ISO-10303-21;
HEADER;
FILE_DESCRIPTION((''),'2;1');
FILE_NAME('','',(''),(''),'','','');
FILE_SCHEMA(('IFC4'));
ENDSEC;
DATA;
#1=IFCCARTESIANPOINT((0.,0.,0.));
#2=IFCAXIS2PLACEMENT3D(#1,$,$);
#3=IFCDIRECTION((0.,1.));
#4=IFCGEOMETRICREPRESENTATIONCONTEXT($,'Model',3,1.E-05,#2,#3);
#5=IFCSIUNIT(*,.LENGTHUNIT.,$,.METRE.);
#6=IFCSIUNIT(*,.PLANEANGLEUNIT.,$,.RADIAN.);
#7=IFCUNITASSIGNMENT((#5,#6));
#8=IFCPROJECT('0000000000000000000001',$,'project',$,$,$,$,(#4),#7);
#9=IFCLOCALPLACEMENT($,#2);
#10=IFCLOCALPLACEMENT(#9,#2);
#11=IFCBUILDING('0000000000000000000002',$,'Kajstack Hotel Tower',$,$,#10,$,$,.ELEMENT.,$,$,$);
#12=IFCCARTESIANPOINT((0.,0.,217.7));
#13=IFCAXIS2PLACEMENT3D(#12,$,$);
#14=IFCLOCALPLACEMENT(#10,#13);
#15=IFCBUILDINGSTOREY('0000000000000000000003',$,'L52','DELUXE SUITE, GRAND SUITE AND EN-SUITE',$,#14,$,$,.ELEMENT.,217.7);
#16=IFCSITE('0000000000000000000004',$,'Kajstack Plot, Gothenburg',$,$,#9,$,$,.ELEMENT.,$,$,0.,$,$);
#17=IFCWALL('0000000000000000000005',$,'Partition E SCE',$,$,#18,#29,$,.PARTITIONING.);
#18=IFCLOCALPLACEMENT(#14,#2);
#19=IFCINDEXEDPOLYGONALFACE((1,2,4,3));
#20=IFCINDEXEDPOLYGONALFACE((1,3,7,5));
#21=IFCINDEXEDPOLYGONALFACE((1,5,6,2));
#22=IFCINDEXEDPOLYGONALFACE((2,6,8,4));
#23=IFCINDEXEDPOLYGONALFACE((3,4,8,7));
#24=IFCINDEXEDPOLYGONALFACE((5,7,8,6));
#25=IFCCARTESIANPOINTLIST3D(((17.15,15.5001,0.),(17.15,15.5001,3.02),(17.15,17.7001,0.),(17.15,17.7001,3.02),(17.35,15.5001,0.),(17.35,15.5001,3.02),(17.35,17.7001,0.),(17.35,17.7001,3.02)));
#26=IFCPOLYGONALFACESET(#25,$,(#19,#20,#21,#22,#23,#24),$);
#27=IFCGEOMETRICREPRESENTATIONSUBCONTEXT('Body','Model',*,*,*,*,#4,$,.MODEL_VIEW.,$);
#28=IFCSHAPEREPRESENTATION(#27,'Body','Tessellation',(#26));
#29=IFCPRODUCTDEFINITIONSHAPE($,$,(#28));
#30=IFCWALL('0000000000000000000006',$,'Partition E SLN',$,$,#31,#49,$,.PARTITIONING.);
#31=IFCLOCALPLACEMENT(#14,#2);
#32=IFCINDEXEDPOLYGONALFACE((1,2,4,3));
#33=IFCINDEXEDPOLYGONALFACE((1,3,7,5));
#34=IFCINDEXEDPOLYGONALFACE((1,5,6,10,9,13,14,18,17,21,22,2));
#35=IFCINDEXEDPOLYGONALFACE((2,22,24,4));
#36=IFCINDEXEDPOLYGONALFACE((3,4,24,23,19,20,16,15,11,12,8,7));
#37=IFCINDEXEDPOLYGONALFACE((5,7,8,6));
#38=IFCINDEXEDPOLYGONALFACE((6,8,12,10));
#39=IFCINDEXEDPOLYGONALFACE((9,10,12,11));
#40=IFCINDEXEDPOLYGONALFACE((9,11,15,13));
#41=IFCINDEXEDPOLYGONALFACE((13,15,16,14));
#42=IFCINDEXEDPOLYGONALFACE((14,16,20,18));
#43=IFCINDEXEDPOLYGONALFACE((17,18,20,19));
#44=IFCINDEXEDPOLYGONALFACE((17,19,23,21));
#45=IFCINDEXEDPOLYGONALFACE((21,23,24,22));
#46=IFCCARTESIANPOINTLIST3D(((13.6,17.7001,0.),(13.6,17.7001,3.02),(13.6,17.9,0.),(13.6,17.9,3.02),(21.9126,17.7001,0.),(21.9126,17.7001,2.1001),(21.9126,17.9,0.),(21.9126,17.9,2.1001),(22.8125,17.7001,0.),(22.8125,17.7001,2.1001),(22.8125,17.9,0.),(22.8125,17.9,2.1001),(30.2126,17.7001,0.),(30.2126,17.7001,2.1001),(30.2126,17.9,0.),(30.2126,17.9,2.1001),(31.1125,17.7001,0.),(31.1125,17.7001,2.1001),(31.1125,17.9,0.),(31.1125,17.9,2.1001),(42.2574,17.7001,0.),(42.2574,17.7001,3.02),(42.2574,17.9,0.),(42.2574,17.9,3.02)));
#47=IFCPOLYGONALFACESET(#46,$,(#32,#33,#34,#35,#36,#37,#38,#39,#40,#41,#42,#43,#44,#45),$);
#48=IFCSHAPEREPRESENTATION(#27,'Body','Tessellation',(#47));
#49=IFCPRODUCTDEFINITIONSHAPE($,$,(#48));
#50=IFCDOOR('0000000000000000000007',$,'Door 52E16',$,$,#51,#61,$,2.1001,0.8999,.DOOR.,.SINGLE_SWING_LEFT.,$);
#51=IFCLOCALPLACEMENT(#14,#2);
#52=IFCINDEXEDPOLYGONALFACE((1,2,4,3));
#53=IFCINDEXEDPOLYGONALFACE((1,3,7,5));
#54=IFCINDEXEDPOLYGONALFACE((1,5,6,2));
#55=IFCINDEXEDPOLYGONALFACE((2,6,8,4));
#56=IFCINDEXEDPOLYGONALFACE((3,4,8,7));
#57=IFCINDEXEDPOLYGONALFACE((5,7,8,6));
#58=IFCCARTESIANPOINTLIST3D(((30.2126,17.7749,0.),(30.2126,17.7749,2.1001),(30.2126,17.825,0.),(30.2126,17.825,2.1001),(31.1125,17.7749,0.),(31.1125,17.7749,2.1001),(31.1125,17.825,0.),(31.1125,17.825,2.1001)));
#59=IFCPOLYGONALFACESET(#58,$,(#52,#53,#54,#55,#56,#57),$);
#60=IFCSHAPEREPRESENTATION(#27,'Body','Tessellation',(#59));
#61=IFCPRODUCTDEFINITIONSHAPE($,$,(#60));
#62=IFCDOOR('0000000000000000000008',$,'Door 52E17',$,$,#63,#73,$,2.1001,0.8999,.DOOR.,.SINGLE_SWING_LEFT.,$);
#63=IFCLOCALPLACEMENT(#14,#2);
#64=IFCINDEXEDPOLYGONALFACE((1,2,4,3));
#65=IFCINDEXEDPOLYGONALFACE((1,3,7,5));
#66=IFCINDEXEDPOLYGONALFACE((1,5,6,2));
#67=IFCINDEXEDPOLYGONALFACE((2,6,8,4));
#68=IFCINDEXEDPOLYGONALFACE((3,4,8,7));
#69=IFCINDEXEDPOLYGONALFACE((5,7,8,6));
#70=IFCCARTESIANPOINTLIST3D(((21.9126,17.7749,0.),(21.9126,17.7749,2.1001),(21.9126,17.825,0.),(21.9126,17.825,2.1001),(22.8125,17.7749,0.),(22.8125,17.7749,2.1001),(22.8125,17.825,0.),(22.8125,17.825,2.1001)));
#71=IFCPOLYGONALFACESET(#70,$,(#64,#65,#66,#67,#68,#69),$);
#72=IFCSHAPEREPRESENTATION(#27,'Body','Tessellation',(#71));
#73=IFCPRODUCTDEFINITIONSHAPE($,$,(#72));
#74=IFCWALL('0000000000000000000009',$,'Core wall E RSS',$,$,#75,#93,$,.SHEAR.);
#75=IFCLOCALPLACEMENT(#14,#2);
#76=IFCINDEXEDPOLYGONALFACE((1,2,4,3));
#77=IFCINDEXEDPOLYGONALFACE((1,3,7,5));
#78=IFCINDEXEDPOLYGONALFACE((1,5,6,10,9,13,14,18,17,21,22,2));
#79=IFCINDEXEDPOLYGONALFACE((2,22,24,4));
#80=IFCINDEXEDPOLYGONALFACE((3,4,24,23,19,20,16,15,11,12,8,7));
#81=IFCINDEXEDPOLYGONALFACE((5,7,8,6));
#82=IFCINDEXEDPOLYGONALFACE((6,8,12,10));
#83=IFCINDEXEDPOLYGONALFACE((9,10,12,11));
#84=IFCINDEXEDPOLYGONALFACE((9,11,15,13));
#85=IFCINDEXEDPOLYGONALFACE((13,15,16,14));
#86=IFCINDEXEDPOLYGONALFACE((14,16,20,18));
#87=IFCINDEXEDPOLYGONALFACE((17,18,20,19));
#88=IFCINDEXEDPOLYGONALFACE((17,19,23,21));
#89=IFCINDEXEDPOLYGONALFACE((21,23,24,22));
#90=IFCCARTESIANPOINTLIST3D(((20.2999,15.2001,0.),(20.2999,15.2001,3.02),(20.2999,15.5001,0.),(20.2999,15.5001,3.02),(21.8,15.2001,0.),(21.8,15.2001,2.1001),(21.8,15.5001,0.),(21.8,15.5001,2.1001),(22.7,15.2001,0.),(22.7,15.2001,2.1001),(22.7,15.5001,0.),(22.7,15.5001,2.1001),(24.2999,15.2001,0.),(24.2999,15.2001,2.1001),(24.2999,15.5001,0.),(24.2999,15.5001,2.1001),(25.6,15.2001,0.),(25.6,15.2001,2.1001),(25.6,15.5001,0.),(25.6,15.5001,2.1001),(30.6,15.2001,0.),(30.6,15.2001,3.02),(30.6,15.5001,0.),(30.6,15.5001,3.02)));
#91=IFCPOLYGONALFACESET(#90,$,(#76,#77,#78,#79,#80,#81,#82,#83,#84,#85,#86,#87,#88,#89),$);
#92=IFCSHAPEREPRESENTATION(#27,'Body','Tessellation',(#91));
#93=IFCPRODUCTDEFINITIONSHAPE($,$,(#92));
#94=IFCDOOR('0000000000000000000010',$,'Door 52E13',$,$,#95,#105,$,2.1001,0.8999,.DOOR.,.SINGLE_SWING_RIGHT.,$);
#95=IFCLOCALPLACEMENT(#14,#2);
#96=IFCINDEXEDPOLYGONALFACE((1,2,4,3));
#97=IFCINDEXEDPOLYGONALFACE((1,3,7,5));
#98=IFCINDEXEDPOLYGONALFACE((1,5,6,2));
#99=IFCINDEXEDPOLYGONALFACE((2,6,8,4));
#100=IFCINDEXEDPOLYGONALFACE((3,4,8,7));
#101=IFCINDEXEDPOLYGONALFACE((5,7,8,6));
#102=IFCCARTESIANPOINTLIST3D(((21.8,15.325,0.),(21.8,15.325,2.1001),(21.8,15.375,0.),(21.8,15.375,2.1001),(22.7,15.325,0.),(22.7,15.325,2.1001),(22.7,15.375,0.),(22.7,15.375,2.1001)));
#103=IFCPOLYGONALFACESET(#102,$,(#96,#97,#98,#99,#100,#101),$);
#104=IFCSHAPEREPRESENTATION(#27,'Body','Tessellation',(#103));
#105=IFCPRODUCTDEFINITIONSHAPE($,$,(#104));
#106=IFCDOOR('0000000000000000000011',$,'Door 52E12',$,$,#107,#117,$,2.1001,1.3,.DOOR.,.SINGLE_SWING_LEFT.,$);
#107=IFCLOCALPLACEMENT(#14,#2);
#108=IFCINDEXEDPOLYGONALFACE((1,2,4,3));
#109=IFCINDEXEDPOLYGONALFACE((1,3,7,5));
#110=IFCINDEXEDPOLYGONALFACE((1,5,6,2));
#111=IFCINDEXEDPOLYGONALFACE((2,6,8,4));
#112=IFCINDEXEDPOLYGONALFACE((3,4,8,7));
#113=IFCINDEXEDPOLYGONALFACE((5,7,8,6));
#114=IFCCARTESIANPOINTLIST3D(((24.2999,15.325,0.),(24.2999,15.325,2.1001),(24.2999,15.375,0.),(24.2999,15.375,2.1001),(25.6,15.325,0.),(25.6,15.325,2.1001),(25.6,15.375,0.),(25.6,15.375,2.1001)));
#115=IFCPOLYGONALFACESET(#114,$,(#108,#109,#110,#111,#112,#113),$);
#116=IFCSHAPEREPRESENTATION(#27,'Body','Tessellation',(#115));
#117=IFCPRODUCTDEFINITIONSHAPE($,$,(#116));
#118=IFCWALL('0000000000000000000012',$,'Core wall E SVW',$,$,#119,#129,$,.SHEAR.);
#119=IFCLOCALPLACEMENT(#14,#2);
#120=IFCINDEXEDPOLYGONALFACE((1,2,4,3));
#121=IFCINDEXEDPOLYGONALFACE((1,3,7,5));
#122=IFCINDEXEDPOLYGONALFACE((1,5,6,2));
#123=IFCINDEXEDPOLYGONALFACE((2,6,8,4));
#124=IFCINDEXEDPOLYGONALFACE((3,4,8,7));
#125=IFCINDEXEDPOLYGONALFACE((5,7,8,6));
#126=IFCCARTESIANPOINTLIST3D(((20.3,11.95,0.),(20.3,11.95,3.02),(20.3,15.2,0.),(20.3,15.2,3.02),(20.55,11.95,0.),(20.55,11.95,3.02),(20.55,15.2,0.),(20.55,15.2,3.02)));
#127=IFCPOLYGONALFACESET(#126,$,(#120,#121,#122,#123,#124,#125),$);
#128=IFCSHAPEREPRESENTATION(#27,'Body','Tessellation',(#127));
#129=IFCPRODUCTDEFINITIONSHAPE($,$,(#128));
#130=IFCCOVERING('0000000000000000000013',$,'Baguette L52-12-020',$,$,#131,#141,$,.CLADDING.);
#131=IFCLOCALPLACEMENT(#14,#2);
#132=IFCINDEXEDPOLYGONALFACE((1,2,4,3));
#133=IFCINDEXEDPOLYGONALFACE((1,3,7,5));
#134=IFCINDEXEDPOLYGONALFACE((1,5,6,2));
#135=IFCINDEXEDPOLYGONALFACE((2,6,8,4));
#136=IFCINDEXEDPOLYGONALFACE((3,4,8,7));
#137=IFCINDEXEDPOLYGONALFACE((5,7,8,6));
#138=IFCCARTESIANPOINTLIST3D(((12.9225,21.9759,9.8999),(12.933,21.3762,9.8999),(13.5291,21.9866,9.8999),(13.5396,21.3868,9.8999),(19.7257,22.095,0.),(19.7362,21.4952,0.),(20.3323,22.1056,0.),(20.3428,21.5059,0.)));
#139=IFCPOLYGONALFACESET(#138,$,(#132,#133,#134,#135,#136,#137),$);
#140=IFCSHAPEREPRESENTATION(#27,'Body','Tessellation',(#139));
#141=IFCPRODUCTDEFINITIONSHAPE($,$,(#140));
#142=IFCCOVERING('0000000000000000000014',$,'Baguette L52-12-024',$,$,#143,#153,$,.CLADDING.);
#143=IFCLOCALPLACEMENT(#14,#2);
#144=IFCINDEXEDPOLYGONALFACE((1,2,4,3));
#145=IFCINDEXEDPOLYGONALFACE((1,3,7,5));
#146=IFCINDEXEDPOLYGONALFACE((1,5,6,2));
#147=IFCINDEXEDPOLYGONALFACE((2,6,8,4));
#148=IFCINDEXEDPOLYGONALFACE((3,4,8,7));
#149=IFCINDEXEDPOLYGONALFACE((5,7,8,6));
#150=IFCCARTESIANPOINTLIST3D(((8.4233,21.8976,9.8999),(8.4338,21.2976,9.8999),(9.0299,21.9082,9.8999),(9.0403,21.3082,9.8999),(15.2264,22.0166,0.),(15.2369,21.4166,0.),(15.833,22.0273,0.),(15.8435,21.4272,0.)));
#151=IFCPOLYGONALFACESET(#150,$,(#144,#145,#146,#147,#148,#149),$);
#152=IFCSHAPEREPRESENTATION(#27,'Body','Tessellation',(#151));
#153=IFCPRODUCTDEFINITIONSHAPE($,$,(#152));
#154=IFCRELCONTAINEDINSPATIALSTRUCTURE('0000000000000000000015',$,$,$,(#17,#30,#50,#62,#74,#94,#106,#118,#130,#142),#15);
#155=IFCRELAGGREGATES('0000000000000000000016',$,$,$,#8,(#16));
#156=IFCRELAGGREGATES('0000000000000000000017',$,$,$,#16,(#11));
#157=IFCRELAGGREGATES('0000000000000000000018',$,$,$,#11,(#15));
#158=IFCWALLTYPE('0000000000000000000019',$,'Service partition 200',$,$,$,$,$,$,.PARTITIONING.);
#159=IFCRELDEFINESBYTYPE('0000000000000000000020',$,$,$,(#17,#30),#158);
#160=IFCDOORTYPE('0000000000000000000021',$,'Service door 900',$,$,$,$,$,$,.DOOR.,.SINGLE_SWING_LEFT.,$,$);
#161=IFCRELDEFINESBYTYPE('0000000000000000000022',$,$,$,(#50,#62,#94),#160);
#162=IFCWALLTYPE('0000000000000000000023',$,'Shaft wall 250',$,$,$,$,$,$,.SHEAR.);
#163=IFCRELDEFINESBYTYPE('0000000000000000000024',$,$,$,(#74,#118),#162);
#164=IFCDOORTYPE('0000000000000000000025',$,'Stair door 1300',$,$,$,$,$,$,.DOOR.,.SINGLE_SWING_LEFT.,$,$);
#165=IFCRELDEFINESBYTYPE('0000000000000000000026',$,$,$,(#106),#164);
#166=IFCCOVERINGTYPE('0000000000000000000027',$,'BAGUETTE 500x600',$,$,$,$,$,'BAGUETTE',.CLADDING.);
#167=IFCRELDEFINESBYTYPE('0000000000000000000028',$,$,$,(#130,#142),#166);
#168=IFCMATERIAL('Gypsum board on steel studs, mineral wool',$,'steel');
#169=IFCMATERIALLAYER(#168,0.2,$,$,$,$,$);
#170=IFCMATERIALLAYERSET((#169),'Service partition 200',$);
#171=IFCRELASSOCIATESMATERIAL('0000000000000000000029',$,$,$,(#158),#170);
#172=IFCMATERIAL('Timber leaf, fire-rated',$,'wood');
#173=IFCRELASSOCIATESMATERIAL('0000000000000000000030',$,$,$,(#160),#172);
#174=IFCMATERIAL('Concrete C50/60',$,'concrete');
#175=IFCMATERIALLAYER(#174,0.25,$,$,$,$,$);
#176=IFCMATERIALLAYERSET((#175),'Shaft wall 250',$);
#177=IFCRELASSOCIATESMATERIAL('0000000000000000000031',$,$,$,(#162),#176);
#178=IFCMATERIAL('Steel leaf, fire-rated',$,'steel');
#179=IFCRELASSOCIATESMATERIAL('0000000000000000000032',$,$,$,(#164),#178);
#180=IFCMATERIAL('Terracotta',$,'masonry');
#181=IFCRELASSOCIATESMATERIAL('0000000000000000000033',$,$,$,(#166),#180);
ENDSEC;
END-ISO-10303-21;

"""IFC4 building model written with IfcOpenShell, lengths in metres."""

from ifc_helpers import new_model, si_unit, direction, frame, frame_2d, origin, origin_2d, place, context, subcontext, project, spatial, polyline, rectangle, outline, extrude, material, layer, layer_set, material_profile, profile_set, type_object, element, fill, save


model = new_model("IFC4")

# Units and contexts
model_context = context("Model", 3, precision=1e-05, world=origin(), true_north=direction((0.0, 1.0)))
body_context = subcontext(model_context, "Body", "Model", "MODEL_VIEW")
ifc_project = project(units=[si_unit("LENGTHUNIT", "METRE"), si_unit("PLANEANGLEUNIT", "RADIAN")], contexts=[model_context])

# Site, building, storey
site_placement = place(None, origin())
site = spatial("IfcSite", under=ifc_project, at=site_placement, Name="Kajstack Plot, Gothenburg", CompositionType="ELEMENT", RefElevation=0.0)
building_placement = place(site_placement, origin())
building = spatial("IfcBuilding", under=site, at=building_placement, Name="Kajstack Hotel Tower", CompositionType="ELEMENT")
storey_placement = place(building_placement, frame((0.0, 0.0, 217.7)))
storey = spatial("IfcBuildingStorey", under=building, at=storey_placement, Name="L52", Description="DELUXE SUITE, GRAND SUITE AND EN-SUITE", CompositionType="ELEMENT", Elevation=217.7)

# Wall
ifc_material_1 = material(Name="Gypsum board on steel studs, mineral wool", Category="steel")
ifc_layer_1 = layer(ifc_material_1, 0.2)
ifc_layer_set_1 = layer_set([ifc_layer_1], Name="Service partition 200")
wall_type_1 = type_object("IfcWallType", Name="Service partition 200", PredefinedType="PARTITIONING", material=ifc_layer_set_1)
wall_1_placement = place(storey_placement, frame((17.25, 15.5, 0.0), z_axis=(0.0, 0.0, 1.0), x_axis=(0.0, 1.0, 0.0)))
element("IfcWall", 1, at=wall_1_placement, inside=storey, type_object=wall_type_1, Name="Partition E SCE", PredefinedType="PARTITIONING", context=body_context, shape_type="SweptSolid", body=[
    extrude(rectangle(XDim=2.2, YDim=0.2, at=frame_2d((1.1001, 0.0))), origin(), (0.0, 0.0, 1.0), 3.02),
])

# Walls, openings, doors
wall_2_placement = place(storey_placement, frame((13.6001, 17.8, 0.0), z_axis=(0.0, 0.0, 1.0), x_axis=(1.0, 0.0, 0.0)))
wall_2 = element("IfcWall", 2, at=wall_2_placement, inside=storey, type_object=wall_type_1, Name="Partition E SLN", PredefinedType="PARTITIONING", context=body_context, shape_type="SweptSolid", body=[
    extrude(rectangle(XDim=28.6575, YDim=0.2, at=frame_2d((14.3286, 0.0))), origin(), (0.0, 0.0, 1.0), 3.02),
])
opening_1_placement = place(wall_2_placement, frame((16.6125, 0.0, 0.0)))
opening_1 = element("IfcOpeningElement", 3, at=opening_1_placement, cuts=wall_2, PredefinedType="OPENING", context=body_context, shape_type="SweptSolid", body=[
    extrude(rectangle(XDim=0.8999, YDim=2.1001, at=frame_2d((0.45, 1.05))), frame((0.0, 0.1099, 0.0), z_axis=(0.0, -1.0, 0.0), x_axis=(1.0, 0.0, 0.0)), (0.0, 0.0, 1.0), 0.22),
])
opening_2_placement = place(wall_2_placement, frame((8.3125, 0.0, 0.0)))
opening_2 = element("IfcOpeningElement", 4, at=opening_2_placement, cuts=wall_2, PredefinedType="OPENING", context=body_context, shape_type="SweptSolid", body=[
    extrude(rectangle(XDim=0.8999, YDim=2.1001, at=frame_2d((0.45, 1.05))), frame((0.0, 0.1099, 0.0), z_axis=(0.0, -1.0, 0.0), x_axis=(1.0, 0.0, 0.0)), (0.0, 0.0, 1.0), 0.22),
])
ifc_material_2 = material(Name="Timber leaf, fire-rated", Category="wood")
door_type_1 = type_object("IfcDoorType", Name="Service door 900", OperationType="SINGLE_SWING_LEFT", PredefinedType="DOOR", material=ifc_material_2)
door_1_placement = place(opening_1_placement, origin())
door_1 = element("IfcDoor", 5, at=door_1_placement, inside=storey, type_object=door_type_1, Name="Door 52E16", OperationType="SINGLE_SWING_LEFT", OverallHeight=2.1001, OverallWidth=0.8999, PredefinedType="DOOR", context=body_context, shape_type="SweptSolid", body=[
    extrude(rectangle(XDim=0.8999, YDim=2.1001, at=frame_2d((0.45, 1.05))), frame((0.0, 0.0249, 0.0), z_axis=(0.0, -1.0, 0.0), x_axis=(1.0, 0.0, 0.0)), (0.0, 0.0, 1.0), 0.05),
])
fill(opening_1, door_1)
door_2_placement = place(opening_2_placement, origin())
door_2 = element("IfcDoor", 6, at=door_2_placement, inside=storey, type_object=door_type_1, Name="Door 52E17", OperationType="SINGLE_SWING_LEFT", OverallHeight=2.1001, OverallWidth=0.8999, PredefinedType="DOOR", context=body_context, shape_type="SweptSolid", body=[
    extrude(rectangle(XDim=0.8999, YDim=2.1001, at=frame_2d((0.45, 1.05))), frame((0.0, 0.0249, 0.0), z_axis=(0.0, -1.0, 0.0), x_axis=(1.0, 0.0, 0.0)), (0.0, 0.0, 1.0), 0.05),
])
fill(opening_2, door_2)
ifc_material_3 = material(Name="Concrete C50/60", Category="concrete")
ifc_layer_2 = layer(ifc_material_3, 0.25)
ifc_layer_set_2 = layer_set([ifc_layer_2], Name="Shaft wall 250")
wall_type_2 = type_object("IfcWallType", Name="Shaft wall 250", PredefinedType="SHEAR", material=ifc_layer_set_2)
wall_3_placement = place(storey_placement, frame((20.3, 15.3501, 0.0), z_axis=(0.0, 0.0, 1.0), x_axis=(1.0, 0.0, 0.0)))
wall_3 = element("IfcWall", 7, at=wall_3_placement, inside=storey, type_object=wall_type_2, Name="Core wall E RSS", PredefinedType="SHEAR", context=body_context, shape_type="SweptSolid", body=[
    extrude(rectangle(XDim=10.3, YDim=0.3, at=frame_2d((5.1499, 0.0))), origin(), (0.0, 0.0, 1.0), 3.02),
])
opening_3_placement = place(wall_3_placement, frame((4.0, 0.0, 0.0)))
opening_3 = element("IfcOpeningElement", 8, at=opening_3_placement, cuts=wall_3, PredefinedType="OPENING", context=body_context, shape_type="SweptSolid", body=[
    extrude(rectangle(XDim=1.3, YDim=2.1001, at=frame_2d((0.6499, 1.05))), frame((0.0, 0.1599, 0.0), z_axis=(0.0, -1.0, 0.0), x_axis=(1.0, 0.0, 0.0)), (0.0, 0.0, 1.0), 0.3201),
])
opening_4_placement = place(wall_3_placement, frame((1.5, 0.0, 0.0)))
opening_4 = element("IfcOpeningElement", 9, at=opening_4_placement, cuts=wall_3, PredefinedType="OPENING", context=body_context, shape_type="SweptSolid", body=[
    extrude(rectangle(XDim=0.8999, YDim=2.1001, at=frame_2d((0.45, 1.05))), frame((0.0, 0.1599, 0.0), z_axis=(0.0, -1.0, 0.0), x_axis=(1.0, 0.0, 0.0)), (0.0, 0.0, 1.0), 0.3201),
])
door_3_placement = place(opening_4_placement, origin())
door_3 = element("IfcDoor", 10, at=door_3_placement, inside=storey, type_object=door_type_1, Name="Door 52E13", OperationType="SINGLE_SWING_RIGHT", OverallHeight=2.1001, OverallWidth=0.8999, PredefinedType="DOOR", context=body_context, shape_type="SweptSolid", body=[
    extrude(rectangle(XDim=0.8999, YDim=2.1001, at=frame_2d((0.45, 1.05))), frame((0.0, 0.0249, 0.0), z_axis=(0.0, -1.0, 0.0), x_axis=(1.0, 0.0, 0.0)), (0.0, 0.0, 1.0), 0.05),
])
fill(opening_4, door_3)
ifc_material_4 = material(Name="Steel leaf, fire-rated", Category="steel")
door_type_2 = type_object("IfcDoorType", Name="Stair door 1300", OperationType="SINGLE_SWING_LEFT", PredefinedType="DOOR", material=ifc_material_4)
door_4_placement = place(opening_3_placement, origin())
door_4 = element("IfcDoor", 11, at=door_4_placement, inside=storey, type_object=door_type_2, Name="Door 52E12", OperationType="SINGLE_SWING_LEFT", OverallHeight=2.1001, OverallWidth=1.3, PredefinedType="DOOR", context=body_context, shape_type="SweptSolid", body=[
    extrude(rectangle(XDim=1.3, YDim=2.1001, at=frame_2d((0.6499, 1.05))), frame((0.0, 0.0249, 0.0), z_axis=(0.0, -1.0, 0.0), x_axis=(1.0, 0.0, 0.0)), (0.0, 0.0, 1.0), 0.05),
])
fill(opening_3, door_4)

# Wall
wall_4_placement = place(storey_placement, frame((20.425, 11.95, 0.0), z_axis=(0.0, 0.0, 1.0), x_axis=(0.0, 1.0, 0.0)))
element("IfcWall", 12, at=wall_4_placement, inside=storey, type_object=wall_type_2, Name="Core wall E SVW", PredefinedType="SHEAR", context=body_context, shape_type="SweptSolid", body=[
    extrude(rectangle(XDim=3.25, YDim=0.25, at=frame_2d((1.625, 0.0))), origin(), (0.0, 0.0, 1.0), 3.02),
])

# Coverings
ifc_material_5 = material(Name="Terracotta", Category="masonry")
ifc_material_profile = material_profile(ifc_material_5, rectangle(XDim=0.6001, YDim=0.5, at=origin_2d()), Name="Terracotta-clad concrete baguette 500 x 600")
ifc_profile_set = profile_set([ifc_material_profile], Name="Terracotta")
covering_type = type_object("IfcCoveringType", Name="BAGUETTE 500x600", ElementType="BAGUETTE", PredefinedType="CLADDING", material=ifc_profile_set)
covering_1_placement = place(storey_placement, frame((20.3428, 21.5059, 0.0), z_axis=(-0.017498, 0.999847, 0.0), x_axis=(-0.999847, -0.017498, 0.0)))
element("IfcCovering", 13, at=covering_1_placement, inside=storey, type_object=covering_type, Name="Baguette L52-12-020", PredefinedType="CLADDING", context=body_context, shape_type="SweptSolid", body=[
    extrude(outline(polyline([(6.8042, 9.8999), (0.0, 0.0), (0.6067, 0.0), (7.4109, 9.8999), (6.8042, 9.8999)])), origin(), (0.0, 0.0, 1.0), 0.5999),
])
covering_2_placement = place(storey_placement, frame((15.8435, 21.4272, 0.0), z_axis=(-0.017491, 0.999847, 0.0), x_axis=(-0.999847, -0.017491, 0.0)))
element("IfcCovering", 14, at=covering_2_placement, inside=storey, type_object=covering_type, Name="Baguette L52-12-024", PredefinedType="CLADDING", context=body_context, shape_type="SweptSolid", body=[
    extrude(outline(polyline([(6.8042, 9.8999), (0.0, 0.0), (0.6067, 0.0), (7.4109, 9.8999), (6.8042, 9.8999)])), origin(), (0.0, 0.0, 1.0), 0.6001),
])

save(model, "model.ifc")
